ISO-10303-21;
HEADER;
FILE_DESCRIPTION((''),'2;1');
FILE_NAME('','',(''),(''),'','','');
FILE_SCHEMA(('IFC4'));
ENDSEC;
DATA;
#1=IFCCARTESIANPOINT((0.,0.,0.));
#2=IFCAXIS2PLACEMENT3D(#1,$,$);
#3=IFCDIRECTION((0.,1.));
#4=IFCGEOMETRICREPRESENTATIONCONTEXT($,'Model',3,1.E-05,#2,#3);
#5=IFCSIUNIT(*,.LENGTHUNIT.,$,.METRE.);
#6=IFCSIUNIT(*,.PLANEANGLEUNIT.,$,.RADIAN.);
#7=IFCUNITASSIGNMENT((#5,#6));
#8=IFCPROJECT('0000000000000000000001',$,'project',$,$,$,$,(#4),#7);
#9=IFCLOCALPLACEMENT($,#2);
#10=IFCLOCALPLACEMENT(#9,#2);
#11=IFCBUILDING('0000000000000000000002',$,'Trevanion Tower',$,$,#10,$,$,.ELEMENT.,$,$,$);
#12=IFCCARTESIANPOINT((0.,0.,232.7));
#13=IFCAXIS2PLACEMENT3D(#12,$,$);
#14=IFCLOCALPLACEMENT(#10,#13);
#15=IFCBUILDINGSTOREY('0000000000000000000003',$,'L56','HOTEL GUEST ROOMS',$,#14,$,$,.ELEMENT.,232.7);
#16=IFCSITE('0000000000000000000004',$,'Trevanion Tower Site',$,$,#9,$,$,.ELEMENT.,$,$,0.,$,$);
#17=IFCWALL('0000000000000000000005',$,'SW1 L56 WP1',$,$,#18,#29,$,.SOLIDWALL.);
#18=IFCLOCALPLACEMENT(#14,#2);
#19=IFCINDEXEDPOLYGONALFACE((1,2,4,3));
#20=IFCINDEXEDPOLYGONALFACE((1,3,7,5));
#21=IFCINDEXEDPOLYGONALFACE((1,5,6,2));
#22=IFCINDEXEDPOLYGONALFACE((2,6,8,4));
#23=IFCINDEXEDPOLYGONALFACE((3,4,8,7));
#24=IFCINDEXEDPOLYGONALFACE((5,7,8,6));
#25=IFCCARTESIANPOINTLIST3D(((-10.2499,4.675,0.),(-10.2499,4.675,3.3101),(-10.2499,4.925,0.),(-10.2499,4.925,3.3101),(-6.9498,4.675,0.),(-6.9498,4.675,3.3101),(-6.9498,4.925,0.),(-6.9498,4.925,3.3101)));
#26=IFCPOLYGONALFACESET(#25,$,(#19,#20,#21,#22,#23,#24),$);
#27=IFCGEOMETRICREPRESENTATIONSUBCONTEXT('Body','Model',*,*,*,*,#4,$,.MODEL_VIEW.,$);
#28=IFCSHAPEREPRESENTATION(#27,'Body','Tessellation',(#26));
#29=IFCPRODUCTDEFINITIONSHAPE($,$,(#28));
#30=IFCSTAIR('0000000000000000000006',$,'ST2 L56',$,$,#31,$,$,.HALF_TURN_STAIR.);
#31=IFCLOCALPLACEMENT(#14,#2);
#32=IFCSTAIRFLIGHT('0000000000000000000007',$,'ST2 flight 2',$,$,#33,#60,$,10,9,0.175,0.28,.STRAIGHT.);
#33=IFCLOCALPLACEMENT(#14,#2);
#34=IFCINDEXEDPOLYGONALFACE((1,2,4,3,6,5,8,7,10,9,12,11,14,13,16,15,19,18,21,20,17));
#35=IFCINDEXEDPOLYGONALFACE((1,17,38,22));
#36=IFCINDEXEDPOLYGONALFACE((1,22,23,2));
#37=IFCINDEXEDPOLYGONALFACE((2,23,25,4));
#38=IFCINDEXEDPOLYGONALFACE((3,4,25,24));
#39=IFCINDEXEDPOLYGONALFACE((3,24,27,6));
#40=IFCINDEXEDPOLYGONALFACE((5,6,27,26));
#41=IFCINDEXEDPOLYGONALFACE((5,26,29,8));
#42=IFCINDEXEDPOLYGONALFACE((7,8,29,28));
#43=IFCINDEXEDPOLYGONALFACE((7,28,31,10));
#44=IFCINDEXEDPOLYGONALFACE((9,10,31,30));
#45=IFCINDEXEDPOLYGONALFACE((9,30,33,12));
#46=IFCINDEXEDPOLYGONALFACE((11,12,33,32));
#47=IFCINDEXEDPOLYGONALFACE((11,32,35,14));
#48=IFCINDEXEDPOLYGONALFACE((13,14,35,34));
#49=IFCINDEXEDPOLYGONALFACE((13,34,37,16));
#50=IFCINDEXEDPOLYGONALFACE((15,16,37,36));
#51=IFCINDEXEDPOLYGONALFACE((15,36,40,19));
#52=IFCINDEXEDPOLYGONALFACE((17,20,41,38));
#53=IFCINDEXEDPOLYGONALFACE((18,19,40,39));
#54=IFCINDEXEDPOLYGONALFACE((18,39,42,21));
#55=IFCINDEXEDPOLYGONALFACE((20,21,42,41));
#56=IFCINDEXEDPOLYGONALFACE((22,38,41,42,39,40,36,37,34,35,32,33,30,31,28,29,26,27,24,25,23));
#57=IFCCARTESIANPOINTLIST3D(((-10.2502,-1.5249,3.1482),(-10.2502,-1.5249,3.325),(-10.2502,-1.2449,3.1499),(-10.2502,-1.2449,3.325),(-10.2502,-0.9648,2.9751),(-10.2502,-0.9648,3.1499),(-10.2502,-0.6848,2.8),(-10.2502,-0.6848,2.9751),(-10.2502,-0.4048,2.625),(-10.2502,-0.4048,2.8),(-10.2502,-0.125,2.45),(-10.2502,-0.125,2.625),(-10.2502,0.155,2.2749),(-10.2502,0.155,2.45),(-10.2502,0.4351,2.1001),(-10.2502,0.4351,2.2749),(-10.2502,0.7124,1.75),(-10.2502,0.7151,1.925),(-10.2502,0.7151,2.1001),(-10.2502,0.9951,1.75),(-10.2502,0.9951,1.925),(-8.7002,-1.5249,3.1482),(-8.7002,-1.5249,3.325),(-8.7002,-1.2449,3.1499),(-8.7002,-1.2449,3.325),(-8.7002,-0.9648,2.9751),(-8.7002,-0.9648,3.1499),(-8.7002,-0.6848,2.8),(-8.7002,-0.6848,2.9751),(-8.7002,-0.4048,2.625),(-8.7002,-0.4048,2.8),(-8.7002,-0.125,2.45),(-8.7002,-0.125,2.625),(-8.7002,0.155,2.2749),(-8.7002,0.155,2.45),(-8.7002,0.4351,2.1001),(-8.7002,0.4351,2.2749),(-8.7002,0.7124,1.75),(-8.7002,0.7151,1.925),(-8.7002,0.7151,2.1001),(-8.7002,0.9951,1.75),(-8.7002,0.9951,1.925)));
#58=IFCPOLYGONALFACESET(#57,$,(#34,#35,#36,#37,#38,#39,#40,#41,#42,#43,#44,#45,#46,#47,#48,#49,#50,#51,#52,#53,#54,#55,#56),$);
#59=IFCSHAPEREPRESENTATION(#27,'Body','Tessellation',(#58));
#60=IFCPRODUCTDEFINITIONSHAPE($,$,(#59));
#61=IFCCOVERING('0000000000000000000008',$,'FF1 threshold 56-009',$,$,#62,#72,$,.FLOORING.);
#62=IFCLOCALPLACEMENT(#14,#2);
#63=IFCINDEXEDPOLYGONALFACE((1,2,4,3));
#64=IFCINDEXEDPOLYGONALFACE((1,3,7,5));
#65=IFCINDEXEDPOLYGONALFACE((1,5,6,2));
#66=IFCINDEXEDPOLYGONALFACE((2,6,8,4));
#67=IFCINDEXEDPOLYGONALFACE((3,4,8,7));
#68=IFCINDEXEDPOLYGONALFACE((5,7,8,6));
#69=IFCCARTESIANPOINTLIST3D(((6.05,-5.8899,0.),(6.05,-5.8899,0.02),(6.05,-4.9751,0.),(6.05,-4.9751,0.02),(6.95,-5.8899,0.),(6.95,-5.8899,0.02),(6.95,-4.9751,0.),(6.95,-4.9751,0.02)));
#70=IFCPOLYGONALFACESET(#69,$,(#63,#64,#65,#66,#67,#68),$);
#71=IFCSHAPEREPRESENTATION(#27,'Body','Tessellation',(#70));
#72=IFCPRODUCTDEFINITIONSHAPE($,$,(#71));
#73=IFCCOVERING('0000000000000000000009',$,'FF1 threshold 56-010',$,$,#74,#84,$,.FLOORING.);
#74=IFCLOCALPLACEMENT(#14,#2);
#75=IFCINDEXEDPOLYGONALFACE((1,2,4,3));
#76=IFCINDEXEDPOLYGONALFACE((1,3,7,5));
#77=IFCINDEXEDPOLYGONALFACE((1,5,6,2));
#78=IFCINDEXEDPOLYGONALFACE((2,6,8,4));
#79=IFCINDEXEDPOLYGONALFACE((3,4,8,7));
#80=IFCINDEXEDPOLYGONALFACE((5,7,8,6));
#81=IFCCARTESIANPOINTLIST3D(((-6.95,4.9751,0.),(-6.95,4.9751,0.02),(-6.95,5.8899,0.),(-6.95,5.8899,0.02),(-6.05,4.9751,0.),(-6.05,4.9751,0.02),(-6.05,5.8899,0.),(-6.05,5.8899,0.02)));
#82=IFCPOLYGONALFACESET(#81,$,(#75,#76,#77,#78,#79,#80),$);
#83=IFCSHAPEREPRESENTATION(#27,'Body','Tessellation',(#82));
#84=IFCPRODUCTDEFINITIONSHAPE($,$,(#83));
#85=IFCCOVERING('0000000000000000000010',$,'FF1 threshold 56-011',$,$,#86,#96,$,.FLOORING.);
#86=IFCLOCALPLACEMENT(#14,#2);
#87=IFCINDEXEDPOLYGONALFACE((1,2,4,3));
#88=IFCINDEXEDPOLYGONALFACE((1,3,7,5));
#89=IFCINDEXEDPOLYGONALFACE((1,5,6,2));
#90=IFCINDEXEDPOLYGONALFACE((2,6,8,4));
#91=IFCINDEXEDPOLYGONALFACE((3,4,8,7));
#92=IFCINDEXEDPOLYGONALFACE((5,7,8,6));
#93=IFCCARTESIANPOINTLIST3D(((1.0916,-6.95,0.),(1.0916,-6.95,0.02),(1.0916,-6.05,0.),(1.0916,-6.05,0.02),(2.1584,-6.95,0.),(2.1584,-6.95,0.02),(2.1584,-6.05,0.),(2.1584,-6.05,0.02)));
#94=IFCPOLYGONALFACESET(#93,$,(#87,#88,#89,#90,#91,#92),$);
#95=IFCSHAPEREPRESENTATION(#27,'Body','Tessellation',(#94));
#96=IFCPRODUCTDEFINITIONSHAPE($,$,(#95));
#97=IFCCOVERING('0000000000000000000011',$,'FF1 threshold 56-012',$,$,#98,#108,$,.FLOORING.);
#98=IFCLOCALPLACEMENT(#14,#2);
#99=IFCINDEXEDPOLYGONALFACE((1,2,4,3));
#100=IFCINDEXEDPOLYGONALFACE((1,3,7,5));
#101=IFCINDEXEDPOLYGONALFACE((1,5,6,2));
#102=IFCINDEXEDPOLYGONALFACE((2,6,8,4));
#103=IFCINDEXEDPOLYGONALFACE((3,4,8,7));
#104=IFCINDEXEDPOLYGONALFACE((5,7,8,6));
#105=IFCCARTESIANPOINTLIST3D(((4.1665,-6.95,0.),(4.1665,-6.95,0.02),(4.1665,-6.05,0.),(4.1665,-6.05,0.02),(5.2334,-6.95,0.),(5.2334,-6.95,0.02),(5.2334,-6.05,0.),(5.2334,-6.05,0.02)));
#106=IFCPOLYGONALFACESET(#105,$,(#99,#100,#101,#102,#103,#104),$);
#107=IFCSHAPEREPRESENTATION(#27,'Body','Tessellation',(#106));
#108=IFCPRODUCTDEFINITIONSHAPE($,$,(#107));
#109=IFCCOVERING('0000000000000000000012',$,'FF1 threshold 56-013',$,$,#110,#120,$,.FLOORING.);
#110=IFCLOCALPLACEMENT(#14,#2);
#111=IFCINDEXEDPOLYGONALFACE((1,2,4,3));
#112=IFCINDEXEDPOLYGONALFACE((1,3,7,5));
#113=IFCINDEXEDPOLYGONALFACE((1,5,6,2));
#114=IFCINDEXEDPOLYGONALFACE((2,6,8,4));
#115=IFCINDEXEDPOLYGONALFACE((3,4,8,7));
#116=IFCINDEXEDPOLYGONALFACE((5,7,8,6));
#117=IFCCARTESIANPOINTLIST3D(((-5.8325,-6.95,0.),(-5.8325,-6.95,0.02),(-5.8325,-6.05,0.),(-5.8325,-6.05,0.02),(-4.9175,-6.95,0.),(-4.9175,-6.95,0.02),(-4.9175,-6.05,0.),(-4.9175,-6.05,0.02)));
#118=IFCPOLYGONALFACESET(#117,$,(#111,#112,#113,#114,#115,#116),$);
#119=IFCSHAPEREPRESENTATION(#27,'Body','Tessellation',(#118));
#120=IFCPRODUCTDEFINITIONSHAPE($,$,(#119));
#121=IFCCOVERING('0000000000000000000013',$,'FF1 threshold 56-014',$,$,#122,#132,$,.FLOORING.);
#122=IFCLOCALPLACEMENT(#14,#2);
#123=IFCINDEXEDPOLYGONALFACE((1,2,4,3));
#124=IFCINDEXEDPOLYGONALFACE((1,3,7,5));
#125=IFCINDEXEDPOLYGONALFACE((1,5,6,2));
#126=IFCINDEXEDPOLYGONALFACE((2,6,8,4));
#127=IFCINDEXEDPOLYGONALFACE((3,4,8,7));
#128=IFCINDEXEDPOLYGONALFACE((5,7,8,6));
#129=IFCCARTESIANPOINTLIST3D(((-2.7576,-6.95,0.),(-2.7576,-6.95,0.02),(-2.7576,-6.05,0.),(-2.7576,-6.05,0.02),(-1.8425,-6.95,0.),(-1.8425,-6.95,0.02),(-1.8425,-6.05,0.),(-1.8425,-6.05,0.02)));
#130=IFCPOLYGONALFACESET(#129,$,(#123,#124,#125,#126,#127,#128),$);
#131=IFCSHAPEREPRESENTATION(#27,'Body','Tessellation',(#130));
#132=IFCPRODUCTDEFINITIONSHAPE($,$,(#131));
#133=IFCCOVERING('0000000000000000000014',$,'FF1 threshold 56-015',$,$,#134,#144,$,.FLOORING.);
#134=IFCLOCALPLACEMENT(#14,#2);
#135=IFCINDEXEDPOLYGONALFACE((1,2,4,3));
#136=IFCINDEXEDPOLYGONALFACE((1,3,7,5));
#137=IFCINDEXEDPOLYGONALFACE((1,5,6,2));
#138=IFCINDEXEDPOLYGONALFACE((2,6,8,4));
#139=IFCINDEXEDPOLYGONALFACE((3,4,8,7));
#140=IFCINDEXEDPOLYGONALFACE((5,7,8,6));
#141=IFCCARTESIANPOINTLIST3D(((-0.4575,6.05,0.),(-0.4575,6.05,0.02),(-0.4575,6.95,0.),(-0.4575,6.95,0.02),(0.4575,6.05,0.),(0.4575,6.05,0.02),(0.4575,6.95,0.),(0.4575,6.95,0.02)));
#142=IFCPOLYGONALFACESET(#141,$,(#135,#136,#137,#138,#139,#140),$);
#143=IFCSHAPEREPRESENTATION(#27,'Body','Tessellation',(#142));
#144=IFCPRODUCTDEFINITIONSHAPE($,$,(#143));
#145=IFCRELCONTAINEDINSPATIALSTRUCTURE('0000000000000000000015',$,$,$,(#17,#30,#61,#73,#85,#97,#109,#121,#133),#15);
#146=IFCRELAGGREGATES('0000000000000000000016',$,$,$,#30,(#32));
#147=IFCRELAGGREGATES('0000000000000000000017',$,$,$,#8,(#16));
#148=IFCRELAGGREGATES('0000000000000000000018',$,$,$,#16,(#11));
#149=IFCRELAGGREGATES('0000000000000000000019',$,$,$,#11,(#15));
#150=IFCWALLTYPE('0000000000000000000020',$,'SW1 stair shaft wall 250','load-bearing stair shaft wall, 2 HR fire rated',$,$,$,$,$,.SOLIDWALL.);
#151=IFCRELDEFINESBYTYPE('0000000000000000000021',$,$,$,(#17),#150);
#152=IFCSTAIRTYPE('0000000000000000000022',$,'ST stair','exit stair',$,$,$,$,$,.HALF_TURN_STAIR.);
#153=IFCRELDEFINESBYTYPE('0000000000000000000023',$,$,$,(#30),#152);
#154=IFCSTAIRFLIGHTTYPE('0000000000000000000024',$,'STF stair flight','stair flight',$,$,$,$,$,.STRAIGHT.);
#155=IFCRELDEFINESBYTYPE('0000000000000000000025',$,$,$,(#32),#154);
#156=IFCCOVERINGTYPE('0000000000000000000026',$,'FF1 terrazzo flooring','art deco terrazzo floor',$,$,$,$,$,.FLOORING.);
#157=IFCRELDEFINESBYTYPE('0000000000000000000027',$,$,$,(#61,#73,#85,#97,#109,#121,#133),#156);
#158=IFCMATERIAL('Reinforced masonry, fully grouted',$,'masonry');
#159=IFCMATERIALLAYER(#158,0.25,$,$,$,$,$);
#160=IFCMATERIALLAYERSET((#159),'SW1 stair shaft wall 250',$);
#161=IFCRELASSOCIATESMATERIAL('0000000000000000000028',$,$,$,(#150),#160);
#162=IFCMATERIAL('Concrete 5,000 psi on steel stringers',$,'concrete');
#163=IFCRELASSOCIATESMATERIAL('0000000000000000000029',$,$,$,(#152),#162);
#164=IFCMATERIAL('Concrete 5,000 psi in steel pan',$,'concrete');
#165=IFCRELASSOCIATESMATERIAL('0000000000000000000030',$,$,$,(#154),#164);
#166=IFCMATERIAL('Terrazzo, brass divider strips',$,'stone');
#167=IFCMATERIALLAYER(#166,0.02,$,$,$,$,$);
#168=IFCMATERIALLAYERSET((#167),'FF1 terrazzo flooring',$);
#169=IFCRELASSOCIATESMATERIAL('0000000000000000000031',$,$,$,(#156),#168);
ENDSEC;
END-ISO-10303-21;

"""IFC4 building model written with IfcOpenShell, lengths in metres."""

from ifc_helpers import new_model, si_unit, direction, frame, frame_2d, origin, place, context, subcontext, project, spatial, polyline, rectangle, outline, extrude, material, layer, layer_set, type_object, element, aggregate, save


model = new_model("IFC4")

# Units and contexts
model_context = context("Model", 3, precision=1e-05, world=origin(), true_north=direction((0.0, 1.0)))
body_context = subcontext(model_context, "Body", "Model", "MODEL_VIEW")
ifc_project = project(units=[si_unit("LENGTHUNIT", "METRE"), si_unit("PLANEANGLEUNIT", "RADIAN")], contexts=[model_context])

# Site, building, storey
site_placement = place(None, origin())
site = spatial("IfcSite", under=ifc_project, at=site_placement, Name="Trevanion Tower Site", CompositionType="ELEMENT", RefElevation=0.0)
building_placement = place(site_placement, origin())
building = spatial("IfcBuilding", under=site, at=building_placement, Name="Trevanion Tower", CompositionType="ELEMENT")
storey_placement = place(building_placement, frame((0.0, 0.0, 232.7)))
storey = spatial("IfcBuildingStorey", under=building, at=storey_placement, Name="L56", Description="HOTEL GUEST ROOMS", CompositionType="ELEMENT", Elevation=232.7)

# Wall
ifc_material_1 = material(Name="Reinforced masonry, fully grouted", Category="masonry")
ifc_layer_1 = layer(ifc_material_1, 0.25)
ifc_layer_set_1 = layer_set([ifc_layer_1], Name="SW1 stair shaft wall 250")
wall_type_1 = type_object("IfcWallType", Name="SW1 stair shaft wall 250", Description="load-bearing stair shaft wall, 2 HR fire rated", PredefinedType="SOLIDWALL", material=ifc_layer_set_1)
wall_1_placement = place(storey_placement, frame((-6.95, 4.8, 0.0), z_axis=(0.0, 0.0, 1.0), x_axis=(-1.0, 0.0, 0.0)))
element("IfcWall", 1, at=wall_1_placement, inside=storey, type_object=wall_type_1, Name="SW1 L56 WP1", PredefinedType="SOLIDWALL", context=body_context, shape_type="SweptSolid", body=[
    extrude(rectangle(XDim=3.3, YDim=0.25, at=frame_2d((1.6499, 0.0))), origin(), (0.0, 0.0, 1.0), 3.3101),
])

# Stair, stair flight
ifc_material_2 = material(Name="Concrete 5,000 psi on steel stringers", Category="concrete")
stair_type = type_object("IfcStairType", Name="ST stair", Description="exit stair", PredefinedType="HALF_TURN_STAIR", material=ifc_material_2)
stair_placement = place(storey_placement, origin())
stair = element("IfcStair", 2, at=stair_placement, inside=storey, type_object=stair_type, Name="ST2 L56", PredefinedType="HALF_TURN_STAIR")
ifc_material_3 = material(Name="Concrete 5,000 psi in steel pan", Category="concrete")
stair_flight_type = type_object("IfcStairFlightType", Name="STF stair flight", Description="stair flight", PredefinedType="STRAIGHT", material=ifc_material_3)
stair_flight_placement = place(storey_placement, frame((-9.4751, 0.9951, 1.75), z_axis=(0.0, 0.0, 1.0), x_axis=(0.0, -1.0, 0.0)))
stair_flight = element("IfcStairFlight", 3, at=stair_flight_placement, type_object=stair_flight_type, Name="ST2 flight 2", NumberOfRisers=10, NumberOfTreads=9, PredefinedType="STRAIGHT", RiserHeight=0.175, TreadLength=0.28, context=body_context, shape_type="SweptSolid", body=[
    extrude(outline(polyline([(0.0, 0.0), (0.0, 0.175), (0.28, 0.175), (0.28, 0.3501), (0.5601, 0.3501), (0.5601, 0.5249), (0.8401, 0.5249), (0.8401, 0.7), (1.1201, 0.7), (1.1201, 0.875), (1.3999, 0.875), (1.3999, 1.05), (1.6799, 1.05), (1.6799, 1.2251), (1.96, 1.2251), (1.96, 1.3999), (2.24, 1.3999), (2.24, 1.575), (2.52, 1.575), (2.52, 1.75), (2.52, 1.3982), (0.2827, 0.0), (0.0, 0.0)])), frame((0.0, 0.7749, 0.0), z_axis=(0.0, -1.0, 0.0), x_axis=(1.0, 0.0, 0.0)), (0.0, 0.0, 1.0), 1.55),
])
aggregate(stair, [stair_flight])

# Coverings
ifc_material_4 = material(Name="Terrazzo, brass divider strips", Category="stone")
ifc_layer_2 = layer(ifc_material_4, 0.02)
ifc_layer_set_2 = layer_set([ifc_layer_2], Name="FF1 terrazzo flooring")
covering_type = type_object("IfcCoveringType", Name="FF1 terrazzo flooring", Description="art deco terrazzo floor", PredefinedType="FLOORING", material=ifc_layer_set_2)
covering_1_placement = place(storey_placement, origin())
element("IfcCovering", 4, at=covering_1_placement, inside=storey, type_object=covering_type, Name="FF1 threshold 56-009", PredefinedType="FLOORING", context=body_context, shape_type="SweptSolid", body=[
    extrude(outline(polyline([(6.95, -5.8899), (6.95, -4.9751), (6.05, -4.9751), (6.05, -5.8899), (6.95, -5.8899)])), origin(), (0.0, 0.0, 1.0), 0.02),
])
covering_2_placement = place(storey_placement, origin())
element("IfcCovering", 5, at=covering_2_placement, inside=storey, type_object=covering_type, Name="FF1 threshold 56-010", PredefinedType="FLOORING", context=body_context, shape_type="SweptSolid", body=[
    extrude(outline(polyline([(-6.95, 5.8899), (-6.95, 4.9751), (-6.05, 4.9751), (-6.05, 5.8899), (-6.95, 5.8899)])), origin(), (0.0, 0.0, 1.0), 0.02),
])
covering_3_placement = place(storey_placement, origin())
element("IfcCovering", 6, at=covering_3_placement, inside=storey, type_object=covering_type, Name="FF1 threshold 56-011", PredefinedType="FLOORING", context=body_context, shape_type="SweptSolid", body=[
    extrude(outline(polyline([(1.0916, -6.95), (2.1584, -6.95), (2.1584, -6.05), (1.0916, -6.05), (1.0916, -6.95)])), origin(), (0.0, 0.0, 1.0), 0.02),
])
covering_4_placement = place(storey_placement, origin())
element("IfcCovering", 7, at=covering_4_placement, inside=storey, type_object=covering_type, Name="FF1 threshold 56-012", PredefinedType="FLOORING", context=body_context, shape_type="SweptSolid", body=[
    extrude(outline(polyline([(4.1665, -6.95), (5.2334, -6.95), (5.2334, -6.05), (4.1665, -6.05), (4.1665, -6.95)])), origin(), (0.0, 0.0, 1.0), 0.02),
])
covering_5_placement = place(storey_placement, origin())
element("IfcCovering", 8, at=covering_5_placement, inside=storey, type_object=covering_type, Name="FF1 threshold 56-013", PredefinedType="FLOORING", context=body_context, shape_type="SweptSolid", body=[
    extrude(outline(polyline([(-5.8325, -6.95), (-4.9175, -6.95), (-4.9175, -6.05), (-5.8325, -6.05), (-5.8325, -6.95)])), origin(), (0.0, 0.0, 1.0), 0.02),
])
covering_6_placement = place(storey_placement, origin())
element("IfcCovering", 9, at=covering_6_placement, inside=storey, type_object=covering_type, Name="FF1 threshold 56-014", PredefinedType="FLOORING", context=body_context, shape_type="SweptSolid", body=[
    extrude(outline(polyline([(-2.7576, -6.95), (-1.8425, -6.95), (-1.8425, -6.05), (-2.7576, -6.05), (-2.7576, -6.95)])), origin(), (0.0, 0.0, 1.0), 0.02),
])
covering_7_placement = place(storey_placement, origin())
element("IfcCovering", 10, at=covering_7_placement, inside=storey, type_object=covering_type, Name="FF1 threshold 56-015", PredefinedType="FLOORING", context=body_context, shape_type="SweptSolid", body=[
    extrude(outline(polyline([(0.4575, 6.95), (-0.4575, 6.95), (-0.4575, 6.05), (0.4575, 6.05), (0.4575, 6.95)])), origin(), (0.0, 0.0, 1.0), 0.02),
])

save(model, "model.ifc")
